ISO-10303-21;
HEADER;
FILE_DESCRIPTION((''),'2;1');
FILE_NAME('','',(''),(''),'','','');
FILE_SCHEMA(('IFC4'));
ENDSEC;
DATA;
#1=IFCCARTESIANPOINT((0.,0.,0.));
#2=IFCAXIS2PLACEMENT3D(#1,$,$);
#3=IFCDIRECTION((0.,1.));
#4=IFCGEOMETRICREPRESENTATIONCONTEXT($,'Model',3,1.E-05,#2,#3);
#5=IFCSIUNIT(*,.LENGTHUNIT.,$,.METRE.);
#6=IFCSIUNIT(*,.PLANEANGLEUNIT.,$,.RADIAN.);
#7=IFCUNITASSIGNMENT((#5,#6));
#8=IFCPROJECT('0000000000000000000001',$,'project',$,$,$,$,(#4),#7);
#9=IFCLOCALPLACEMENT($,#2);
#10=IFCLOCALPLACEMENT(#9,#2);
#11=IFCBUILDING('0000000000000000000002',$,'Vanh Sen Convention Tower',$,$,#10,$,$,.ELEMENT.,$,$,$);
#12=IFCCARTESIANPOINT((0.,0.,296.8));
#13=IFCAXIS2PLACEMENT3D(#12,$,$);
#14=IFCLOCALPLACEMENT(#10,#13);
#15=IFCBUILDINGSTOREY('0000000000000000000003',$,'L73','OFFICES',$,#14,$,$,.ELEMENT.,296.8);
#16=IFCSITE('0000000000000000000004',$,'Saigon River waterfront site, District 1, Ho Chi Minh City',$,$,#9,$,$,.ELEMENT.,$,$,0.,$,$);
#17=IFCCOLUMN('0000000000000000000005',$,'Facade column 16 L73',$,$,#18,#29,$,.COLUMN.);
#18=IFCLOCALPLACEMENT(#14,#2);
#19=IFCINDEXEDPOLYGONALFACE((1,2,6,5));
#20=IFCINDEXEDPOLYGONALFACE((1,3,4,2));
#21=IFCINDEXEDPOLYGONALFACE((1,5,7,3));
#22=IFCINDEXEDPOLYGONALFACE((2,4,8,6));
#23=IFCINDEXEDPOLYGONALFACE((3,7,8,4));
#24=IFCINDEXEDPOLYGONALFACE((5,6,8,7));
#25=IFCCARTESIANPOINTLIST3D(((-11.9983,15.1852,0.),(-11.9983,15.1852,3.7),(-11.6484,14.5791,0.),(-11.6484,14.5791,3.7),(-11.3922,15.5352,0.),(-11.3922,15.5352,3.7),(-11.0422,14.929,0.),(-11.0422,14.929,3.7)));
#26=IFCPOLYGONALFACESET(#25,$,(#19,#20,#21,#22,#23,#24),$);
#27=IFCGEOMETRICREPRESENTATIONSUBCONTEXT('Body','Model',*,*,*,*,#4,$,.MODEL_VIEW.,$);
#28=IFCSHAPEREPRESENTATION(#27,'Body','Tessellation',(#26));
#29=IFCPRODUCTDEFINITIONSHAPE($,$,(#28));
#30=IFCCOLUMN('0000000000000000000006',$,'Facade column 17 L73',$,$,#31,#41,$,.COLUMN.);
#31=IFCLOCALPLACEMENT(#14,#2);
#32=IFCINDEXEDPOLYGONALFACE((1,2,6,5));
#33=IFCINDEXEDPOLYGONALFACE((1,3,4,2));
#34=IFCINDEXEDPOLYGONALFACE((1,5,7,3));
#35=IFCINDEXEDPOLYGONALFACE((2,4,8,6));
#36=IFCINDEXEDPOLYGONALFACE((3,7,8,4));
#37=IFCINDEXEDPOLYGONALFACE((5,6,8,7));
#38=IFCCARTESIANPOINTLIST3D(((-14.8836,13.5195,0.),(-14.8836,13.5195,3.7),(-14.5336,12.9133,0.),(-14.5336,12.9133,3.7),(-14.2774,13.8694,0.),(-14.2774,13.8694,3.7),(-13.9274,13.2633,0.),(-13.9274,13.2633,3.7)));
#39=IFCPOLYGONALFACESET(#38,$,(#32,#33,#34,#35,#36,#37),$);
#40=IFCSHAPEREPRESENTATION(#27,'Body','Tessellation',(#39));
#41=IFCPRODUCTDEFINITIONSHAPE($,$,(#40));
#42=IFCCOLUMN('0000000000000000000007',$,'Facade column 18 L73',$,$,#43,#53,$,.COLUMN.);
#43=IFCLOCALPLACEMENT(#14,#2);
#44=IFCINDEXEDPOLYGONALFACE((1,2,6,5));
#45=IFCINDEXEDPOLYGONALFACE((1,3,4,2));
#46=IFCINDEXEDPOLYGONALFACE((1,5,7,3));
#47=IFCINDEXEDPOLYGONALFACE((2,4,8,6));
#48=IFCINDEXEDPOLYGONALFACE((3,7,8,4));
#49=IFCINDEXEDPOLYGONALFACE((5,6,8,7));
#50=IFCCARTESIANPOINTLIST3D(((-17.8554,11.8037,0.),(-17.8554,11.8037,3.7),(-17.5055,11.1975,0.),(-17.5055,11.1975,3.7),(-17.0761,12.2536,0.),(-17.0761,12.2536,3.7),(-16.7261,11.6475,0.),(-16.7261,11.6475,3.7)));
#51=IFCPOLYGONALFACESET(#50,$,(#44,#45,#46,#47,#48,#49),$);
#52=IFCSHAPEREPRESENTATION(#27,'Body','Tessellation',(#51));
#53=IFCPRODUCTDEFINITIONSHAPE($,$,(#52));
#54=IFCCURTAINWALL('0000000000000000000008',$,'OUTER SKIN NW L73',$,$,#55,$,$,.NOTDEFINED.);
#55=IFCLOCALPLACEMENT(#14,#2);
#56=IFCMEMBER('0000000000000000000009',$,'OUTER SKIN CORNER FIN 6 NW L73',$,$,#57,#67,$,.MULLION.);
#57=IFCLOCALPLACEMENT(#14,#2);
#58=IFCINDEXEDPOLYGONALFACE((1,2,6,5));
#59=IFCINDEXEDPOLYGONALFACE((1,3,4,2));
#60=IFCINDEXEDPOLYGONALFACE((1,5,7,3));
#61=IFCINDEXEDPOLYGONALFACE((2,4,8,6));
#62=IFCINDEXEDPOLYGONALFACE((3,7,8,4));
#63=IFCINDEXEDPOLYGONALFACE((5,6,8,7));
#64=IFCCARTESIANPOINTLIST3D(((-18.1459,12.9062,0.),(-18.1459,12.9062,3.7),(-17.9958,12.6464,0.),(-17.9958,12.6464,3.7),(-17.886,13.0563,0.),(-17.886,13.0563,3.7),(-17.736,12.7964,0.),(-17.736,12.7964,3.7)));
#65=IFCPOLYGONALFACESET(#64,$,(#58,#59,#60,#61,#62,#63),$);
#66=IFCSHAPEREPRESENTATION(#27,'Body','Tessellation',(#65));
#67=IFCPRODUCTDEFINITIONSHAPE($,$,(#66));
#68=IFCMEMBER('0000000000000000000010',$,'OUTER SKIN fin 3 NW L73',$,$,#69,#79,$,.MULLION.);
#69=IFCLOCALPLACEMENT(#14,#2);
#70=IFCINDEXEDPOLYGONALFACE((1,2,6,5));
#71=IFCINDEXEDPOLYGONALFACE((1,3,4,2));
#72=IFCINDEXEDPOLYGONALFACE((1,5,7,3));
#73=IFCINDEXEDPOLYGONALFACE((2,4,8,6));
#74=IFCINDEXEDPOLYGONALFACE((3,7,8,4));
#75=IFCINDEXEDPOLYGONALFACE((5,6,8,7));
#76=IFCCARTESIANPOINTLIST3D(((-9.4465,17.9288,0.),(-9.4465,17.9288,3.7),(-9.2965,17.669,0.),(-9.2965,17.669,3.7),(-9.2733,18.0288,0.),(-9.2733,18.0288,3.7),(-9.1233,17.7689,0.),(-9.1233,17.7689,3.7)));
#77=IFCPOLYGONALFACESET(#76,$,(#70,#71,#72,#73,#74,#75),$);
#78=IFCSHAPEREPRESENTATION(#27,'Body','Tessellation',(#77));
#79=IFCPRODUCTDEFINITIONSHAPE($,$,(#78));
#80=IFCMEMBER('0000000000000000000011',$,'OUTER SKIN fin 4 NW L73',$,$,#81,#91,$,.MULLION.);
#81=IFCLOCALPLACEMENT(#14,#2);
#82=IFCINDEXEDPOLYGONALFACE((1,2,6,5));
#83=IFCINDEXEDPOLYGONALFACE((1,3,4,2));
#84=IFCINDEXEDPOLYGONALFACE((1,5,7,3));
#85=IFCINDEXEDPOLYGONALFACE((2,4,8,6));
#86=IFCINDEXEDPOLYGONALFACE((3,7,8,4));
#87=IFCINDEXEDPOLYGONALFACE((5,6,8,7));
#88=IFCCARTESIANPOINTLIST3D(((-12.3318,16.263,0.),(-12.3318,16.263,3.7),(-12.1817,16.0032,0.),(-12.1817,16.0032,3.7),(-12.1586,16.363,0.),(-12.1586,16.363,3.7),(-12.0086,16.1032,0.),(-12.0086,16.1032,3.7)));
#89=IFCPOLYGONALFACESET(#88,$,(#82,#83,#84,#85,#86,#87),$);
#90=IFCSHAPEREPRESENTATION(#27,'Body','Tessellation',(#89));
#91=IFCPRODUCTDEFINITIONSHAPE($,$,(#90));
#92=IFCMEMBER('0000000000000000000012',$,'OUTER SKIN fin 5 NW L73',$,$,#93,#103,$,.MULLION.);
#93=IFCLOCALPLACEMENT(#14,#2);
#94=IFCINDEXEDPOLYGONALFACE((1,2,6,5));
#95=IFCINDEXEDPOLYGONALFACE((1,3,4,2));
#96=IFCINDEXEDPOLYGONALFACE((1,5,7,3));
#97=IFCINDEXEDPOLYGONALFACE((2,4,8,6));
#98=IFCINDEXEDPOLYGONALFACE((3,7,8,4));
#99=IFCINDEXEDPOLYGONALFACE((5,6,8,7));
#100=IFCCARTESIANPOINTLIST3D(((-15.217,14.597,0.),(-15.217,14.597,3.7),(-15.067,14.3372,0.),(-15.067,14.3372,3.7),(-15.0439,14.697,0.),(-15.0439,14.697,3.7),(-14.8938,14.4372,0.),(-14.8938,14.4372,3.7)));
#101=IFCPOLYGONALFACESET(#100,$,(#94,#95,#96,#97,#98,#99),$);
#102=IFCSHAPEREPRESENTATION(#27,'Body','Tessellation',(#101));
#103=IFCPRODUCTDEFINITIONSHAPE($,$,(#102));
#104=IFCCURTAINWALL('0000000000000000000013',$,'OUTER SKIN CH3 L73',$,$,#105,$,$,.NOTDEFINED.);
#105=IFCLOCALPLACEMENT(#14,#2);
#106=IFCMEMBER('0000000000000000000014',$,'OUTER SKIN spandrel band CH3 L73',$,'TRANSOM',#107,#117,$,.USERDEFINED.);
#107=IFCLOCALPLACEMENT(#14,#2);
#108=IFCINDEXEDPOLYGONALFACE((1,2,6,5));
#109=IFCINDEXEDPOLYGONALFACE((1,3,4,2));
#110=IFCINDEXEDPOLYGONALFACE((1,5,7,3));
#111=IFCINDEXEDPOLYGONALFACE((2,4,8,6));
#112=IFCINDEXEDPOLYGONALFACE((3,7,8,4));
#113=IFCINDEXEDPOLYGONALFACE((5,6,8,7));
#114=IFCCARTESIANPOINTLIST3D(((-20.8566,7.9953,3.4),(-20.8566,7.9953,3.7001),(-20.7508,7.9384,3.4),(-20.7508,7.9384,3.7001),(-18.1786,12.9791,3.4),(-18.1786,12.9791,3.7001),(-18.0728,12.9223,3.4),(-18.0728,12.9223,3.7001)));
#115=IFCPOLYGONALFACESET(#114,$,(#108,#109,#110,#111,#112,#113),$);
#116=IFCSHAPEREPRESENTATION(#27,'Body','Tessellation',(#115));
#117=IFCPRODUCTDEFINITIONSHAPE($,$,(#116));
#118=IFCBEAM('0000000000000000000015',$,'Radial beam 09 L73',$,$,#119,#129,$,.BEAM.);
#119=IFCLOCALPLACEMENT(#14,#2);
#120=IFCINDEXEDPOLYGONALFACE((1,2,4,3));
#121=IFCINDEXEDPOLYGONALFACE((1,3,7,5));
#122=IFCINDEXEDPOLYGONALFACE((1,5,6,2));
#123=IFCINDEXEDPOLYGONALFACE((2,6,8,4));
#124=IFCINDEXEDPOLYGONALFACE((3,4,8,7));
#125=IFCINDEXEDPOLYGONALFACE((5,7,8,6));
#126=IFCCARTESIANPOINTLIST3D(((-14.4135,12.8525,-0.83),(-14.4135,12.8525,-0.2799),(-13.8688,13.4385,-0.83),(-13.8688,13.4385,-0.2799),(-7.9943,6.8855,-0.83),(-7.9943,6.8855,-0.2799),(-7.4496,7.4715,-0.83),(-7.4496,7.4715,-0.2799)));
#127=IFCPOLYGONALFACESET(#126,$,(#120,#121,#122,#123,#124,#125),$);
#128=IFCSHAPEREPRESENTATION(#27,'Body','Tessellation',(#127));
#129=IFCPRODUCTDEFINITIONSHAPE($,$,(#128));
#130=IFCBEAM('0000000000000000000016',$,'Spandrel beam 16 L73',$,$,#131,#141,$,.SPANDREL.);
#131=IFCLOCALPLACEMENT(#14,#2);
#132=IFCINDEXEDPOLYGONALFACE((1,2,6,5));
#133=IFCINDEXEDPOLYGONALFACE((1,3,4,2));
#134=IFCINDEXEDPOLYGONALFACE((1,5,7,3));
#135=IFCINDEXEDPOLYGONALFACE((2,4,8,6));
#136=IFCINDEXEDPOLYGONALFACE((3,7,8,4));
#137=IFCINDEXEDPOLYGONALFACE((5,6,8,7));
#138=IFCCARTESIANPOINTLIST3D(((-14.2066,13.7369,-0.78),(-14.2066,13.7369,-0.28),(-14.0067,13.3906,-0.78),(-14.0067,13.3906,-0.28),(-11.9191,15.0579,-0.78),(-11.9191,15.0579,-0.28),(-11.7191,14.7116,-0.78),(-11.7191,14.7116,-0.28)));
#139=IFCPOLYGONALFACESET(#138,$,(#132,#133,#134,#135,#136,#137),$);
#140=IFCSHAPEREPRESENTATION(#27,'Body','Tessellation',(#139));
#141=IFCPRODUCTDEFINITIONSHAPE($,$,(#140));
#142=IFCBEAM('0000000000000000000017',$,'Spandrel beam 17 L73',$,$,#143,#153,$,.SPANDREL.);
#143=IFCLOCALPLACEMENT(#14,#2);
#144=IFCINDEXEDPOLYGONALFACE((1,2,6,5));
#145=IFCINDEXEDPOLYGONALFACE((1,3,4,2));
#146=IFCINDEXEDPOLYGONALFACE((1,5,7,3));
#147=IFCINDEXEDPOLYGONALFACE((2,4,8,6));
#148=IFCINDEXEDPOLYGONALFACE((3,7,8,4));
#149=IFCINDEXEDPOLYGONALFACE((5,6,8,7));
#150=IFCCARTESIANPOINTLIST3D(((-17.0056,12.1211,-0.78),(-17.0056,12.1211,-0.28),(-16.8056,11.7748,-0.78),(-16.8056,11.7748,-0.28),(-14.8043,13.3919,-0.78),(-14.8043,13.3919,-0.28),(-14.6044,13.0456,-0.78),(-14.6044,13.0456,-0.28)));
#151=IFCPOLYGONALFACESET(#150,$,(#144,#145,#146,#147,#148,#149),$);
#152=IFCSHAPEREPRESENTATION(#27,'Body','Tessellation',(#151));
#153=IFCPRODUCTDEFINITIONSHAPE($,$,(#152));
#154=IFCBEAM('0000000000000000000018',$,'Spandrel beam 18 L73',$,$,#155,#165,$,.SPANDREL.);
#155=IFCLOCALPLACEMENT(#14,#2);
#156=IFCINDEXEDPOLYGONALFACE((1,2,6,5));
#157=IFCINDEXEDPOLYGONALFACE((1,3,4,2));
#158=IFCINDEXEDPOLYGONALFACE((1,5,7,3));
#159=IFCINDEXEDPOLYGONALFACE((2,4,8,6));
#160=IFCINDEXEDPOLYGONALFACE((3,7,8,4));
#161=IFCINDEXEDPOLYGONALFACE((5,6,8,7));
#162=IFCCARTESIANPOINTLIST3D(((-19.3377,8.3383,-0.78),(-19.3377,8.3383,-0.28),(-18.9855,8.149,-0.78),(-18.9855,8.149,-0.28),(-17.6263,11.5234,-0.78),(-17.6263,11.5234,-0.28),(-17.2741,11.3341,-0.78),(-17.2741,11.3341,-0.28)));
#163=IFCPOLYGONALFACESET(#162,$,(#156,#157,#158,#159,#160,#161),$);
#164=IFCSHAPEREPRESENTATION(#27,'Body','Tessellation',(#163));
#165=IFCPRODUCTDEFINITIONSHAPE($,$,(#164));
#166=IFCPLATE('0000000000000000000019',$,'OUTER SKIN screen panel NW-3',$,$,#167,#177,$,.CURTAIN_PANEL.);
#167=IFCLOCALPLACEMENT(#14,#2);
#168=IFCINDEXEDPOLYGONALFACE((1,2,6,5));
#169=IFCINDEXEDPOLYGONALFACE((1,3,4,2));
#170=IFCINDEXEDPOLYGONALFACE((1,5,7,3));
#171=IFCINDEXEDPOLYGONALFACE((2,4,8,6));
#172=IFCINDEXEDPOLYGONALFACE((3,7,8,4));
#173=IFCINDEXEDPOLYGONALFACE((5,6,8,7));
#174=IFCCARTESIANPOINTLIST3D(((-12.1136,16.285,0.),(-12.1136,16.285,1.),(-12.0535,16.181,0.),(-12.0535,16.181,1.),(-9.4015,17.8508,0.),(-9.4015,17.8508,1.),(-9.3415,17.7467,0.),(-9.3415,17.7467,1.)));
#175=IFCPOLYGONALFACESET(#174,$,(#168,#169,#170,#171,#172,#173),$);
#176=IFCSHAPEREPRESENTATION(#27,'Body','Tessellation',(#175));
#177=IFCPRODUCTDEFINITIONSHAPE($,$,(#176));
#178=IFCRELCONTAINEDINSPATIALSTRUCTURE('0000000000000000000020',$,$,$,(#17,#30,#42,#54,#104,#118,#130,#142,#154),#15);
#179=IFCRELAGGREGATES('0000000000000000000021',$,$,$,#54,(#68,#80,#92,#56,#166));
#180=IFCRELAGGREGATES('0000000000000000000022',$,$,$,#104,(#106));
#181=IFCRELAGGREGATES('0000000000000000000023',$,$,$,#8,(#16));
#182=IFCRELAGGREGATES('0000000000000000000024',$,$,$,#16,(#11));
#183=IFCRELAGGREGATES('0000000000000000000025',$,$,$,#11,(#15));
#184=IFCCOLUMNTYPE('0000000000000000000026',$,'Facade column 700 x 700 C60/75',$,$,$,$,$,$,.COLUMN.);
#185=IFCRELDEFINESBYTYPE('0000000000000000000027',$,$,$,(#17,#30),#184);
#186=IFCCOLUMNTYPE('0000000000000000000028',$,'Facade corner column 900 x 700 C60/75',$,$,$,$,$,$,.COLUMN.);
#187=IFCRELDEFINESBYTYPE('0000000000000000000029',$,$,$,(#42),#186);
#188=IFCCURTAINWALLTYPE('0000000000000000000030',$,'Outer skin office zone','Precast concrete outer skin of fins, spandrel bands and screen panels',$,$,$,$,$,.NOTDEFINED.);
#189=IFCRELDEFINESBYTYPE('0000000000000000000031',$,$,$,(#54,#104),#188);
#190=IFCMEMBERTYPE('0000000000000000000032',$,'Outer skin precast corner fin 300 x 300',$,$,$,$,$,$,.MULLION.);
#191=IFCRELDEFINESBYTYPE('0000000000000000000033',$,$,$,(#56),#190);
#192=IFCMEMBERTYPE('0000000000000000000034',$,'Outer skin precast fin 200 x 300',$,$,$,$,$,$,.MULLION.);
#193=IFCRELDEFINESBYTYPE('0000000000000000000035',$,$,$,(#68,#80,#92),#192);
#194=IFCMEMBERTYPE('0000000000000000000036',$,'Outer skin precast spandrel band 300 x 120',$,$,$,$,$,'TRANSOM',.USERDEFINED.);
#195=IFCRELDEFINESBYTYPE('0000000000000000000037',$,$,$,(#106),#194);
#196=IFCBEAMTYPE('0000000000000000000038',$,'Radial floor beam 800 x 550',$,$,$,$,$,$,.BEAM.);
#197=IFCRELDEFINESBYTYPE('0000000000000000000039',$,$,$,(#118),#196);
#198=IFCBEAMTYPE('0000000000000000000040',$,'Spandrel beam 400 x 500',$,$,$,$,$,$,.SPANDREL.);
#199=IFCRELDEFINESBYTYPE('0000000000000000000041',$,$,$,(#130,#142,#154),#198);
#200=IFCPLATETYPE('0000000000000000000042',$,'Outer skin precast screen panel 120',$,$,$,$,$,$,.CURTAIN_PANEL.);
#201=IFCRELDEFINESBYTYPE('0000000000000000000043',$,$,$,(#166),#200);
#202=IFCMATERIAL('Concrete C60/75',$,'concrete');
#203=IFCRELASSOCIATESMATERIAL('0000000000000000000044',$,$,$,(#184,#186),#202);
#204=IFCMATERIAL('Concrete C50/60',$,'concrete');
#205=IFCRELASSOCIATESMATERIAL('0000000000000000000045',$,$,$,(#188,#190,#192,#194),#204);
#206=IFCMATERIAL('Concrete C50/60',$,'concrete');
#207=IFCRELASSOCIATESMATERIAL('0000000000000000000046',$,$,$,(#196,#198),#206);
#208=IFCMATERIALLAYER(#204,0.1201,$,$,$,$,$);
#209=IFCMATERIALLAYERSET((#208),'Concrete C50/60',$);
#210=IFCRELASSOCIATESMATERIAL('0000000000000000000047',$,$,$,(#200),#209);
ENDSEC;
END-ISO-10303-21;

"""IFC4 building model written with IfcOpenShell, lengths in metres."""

from ifc_helpers import new_model, si_unit, direction, frame, origin, origin_2d, place, context, subcontext, project, spatial, rectangle, extrude, material, layer, layer_set, material_profile, profile_set, type_object, element, aggregate, save


model = new_model("IFC4")

# Units and contexts
model_context = context("Model", 3, precision=1e-05, world=origin(), true_north=direction((0.0, 1.0)))
body_context = subcontext(model_context, "Body", "Model", "MODEL_VIEW")
ifc_project = project(units=[si_unit("LENGTHUNIT", "METRE"), si_unit("PLANEANGLEUNIT", "RADIAN")], contexts=[model_context])

# Site, building, storey
site_placement = place(None, origin())
site = spatial("IfcSite", under=ifc_project, at=site_placement, Name="Saigon River waterfront site, District 1, Ho Chi Minh City", CompositionType="ELEMENT", RefElevation=0.0)
building_placement = place(site_placement, origin())
building = spatial("IfcBuilding", under=site, at=building_placement, Name="Vanh Sen Convention Tower", CompositionType="ELEMENT")
storey_placement = place(building_placement, frame((0.0, 0.0, 296.8)))
storey = spatial("IfcBuildingStorey", under=building, at=storey_placement, Name="L73", Description="OFFICES", CompositionType="ELEMENT", Elevation=296.8)

# Columns
ifc_material_1 = material(Name="Concrete C60/75", Category="concrete")
ifc_material_profile_1 = material_profile(ifc_material_1, rectangle(XDim=0.7, YDim=0.7, at=origin_2d()), Name="RC 700X700")
ifc_profile_set_1 = profile_set([ifc_material_profile_1], Name="Concrete C60/75")
column_type_1 = type_object("IfcColumnType", Name="Facade column 700 x 700 C60/75", PredefinedType="COLUMN", material=ifc_profile_set_1)
for number, where, z_axis, x_axis, name in (
    (1, (-11.5203, 15.0571, 0.0), (0.0, 0.0, 1.0), (-0.866025, -0.5, 0.0), "Facade column 16 L73"),
    (2, (-14.4055, 13.3914, 0.0), (0.0, 0.0, 1.0), (-0.866025, -0.5, 0.0), "Facade column 17 L73"),
):
    element("IfcColumn", number, at=place(storey_placement, frame(where, z_axis=z_axis, x_axis=x_axis)), inside=storey, type_object=column_type_1, Name=name, PredefinedType="COLUMN", context=body_context, shape_type="SweptSolid", body=[
        extrude(rectangle(XDim=0.7, YDim=0.7, at=origin_2d()), origin(), (0.0, 0.0, 1.0), 3.7),
    ])
ifc_material_profile_2 = material_profile(ifc_material_1, rectangle(XDim=0.8999, YDim=0.7, at=origin_2d()), Name="RC 900X700")
ifc_profile_set_2 = profile_set([ifc_material_profile_2], Name="Concrete C60/75")
column_type_2 = type_object("IfcColumnType", Name="Facade corner column 900 x 700 C60/75", PredefinedType="COLUMN", material=ifc_profile_set_2)
column_placement = place(storey_placement, frame((-17.2908, 11.7256, 0.0), z_axis=(0.0, 0.0, 1.0), x_axis=(-0.866025, -0.5, 0.0)))
element("IfcColumn", 3, at=column_placement, inside=storey, type_object=column_type_2, Name="Facade column 18 L73", PredefinedType="COLUMN", context=body_context, shape_type="SweptSolid", body=[
    extrude(rectangle(XDim=0.8999, YDim=0.7, at=origin_2d()), origin(), (0.0, 0.0, 1.0), 3.7),
])

# Curtain wall, members
ifc_material_2 = material(Name="Concrete C50/60", Category="concrete")
curtain_wall_type = type_object("IfcCurtainWallType", Name="Outer skin office zone", Description="Precast concrete outer skin of fins, spandrel bands and screen panels", PredefinedType="NOTDEFINED", material=ifc_material_2)
curtain_wall_1_placement = place(storey_placement, origin())
curtain_wall_1 = element("IfcCurtainWall", 4, at=curtain_wall_1_placement, inside=storey, type_object=curtain_wall_type, Name="OUTER SKIN NW L73", PredefinedType="NOTDEFINED")
ifc_material_profile_3 = material_profile(ifc_material_2, rectangle(XDim=0.3, YDim=0.3, at=origin_2d()), Name="Outer skin precast corner fin 300 x 300")
ifc_profile_set_3 = profile_set([ifc_material_profile_3], Name="Concrete C50/60")
member_type_1 = type_object("IfcMemberType", Name="Outer skin precast corner fin 300 x 300", PredefinedType="MULLION", material=ifc_profile_set_3)
member_1_placement = place(storey_placement, frame((-17.9409, 12.8513, 0.0), z_axis=(0.0, 0.0, 1.0), x_axis=(-0.866025, -0.5, 0.0)))
member_1 = element("IfcMember", 5, at=member_1_placement, type_object=member_type_1, Name="OUTER SKIN CORNER FIN 6 NW L73", PredefinedType="MULLION", context=body_context, shape_type="SweptSolid", body=[
    extrude(rectangle(XDim=0.3, YDim=0.3, at=origin_2d()), origin(), (0.0, 0.0, 1.0), 3.7),
])
ifc_material_profile_4 = material_profile(ifc_material_2, rectangle(XDim=0.2, YDim=0.3, at=origin_2d()), Name="Outer skin precast fin 200 x 300")
ifc_profile_set_4 = profile_set([ifc_material_profile_4], Name="Concrete C50/60")
member_type_2 = type_object("IfcMemberType", Name="Outer skin precast fin 200 x 300", PredefinedType="MULLION", material=ifc_profile_set_4)
member_2_placement = place(storey_placement, frame((-9.2849, 17.8489, 0.0), z_axis=(0.0, 0.0, 1.0), x_axis=(-0.866025, -0.5, 0.0)))
member_2 = element("IfcMember", 6, at=member_2_placement, type_object=member_type_2, Name="OUTER SKIN fin 3 NW L73", PredefinedType="MULLION", context=body_context, shape_type="SweptSolid", body=[
    extrude(rectangle(XDim=0.2, YDim=0.3, at=origin_2d()), origin(), (0.0, 0.0, 1.0), 3.7),
])
member_3_placement = place(storey_placement, frame((-12.1702, 16.1831, 0.0), z_axis=(0.0, 0.0, 1.0), x_axis=(-0.866025, -0.5, 0.0)))
member_3 = element("IfcMember", 7, at=member_3_placement, type_object=member_type_2, Name="OUTER SKIN fin 4 NW L73", PredefinedType="MULLION", context=body_context, shape_type="SweptSolid", body=[
    extrude(rectangle(XDim=0.2, YDim=0.3, at=origin_2d()), origin(), (0.0, 0.0, 1.0), 3.7),
])
member_4_placement = place(storey_placement, frame((-15.0554, 14.5171, 0.0), z_axis=(0.0, 0.0, 1.0), x_axis=(-0.866025, -0.5, 0.0)))
member_4 = element("IfcMember", 8, at=member_4_placement, type_object=member_type_2, Name="OUTER SKIN fin 5 NW L73", PredefinedType="MULLION", context=body_context, shape_type="SweptSolid", body=[
    extrude(rectangle(XDim=0.2, YDim=0.3, at=origin_2d()), origin(), (0.0, 0.0, 1.0), 3.7),
])

# Curtain wall, member
curtain_wall_2_placement = place(storey_placement, origin())
curtain_wall_2 = element("IfcCurtainWall", 9, at=curtain_wall_2_placement, inside=storey, type_object=curtain_wall_type, Name="OUTER SKIN CH3 L73", PredefinedType="NOTDEFINED")
ifc_material_profile_5 = material_profile(ifc_material_2, rectangle(XDim=0.1201, YDim=0.3, at=origin_2d()), Name="Outer skin precast spandrel band 300 x 120")
ifc_profile_set_5 = profile_set([ifc_material_profile_5], Name="Concrete C50/60")
member_type_3 = type_object("IfcMemberType", Name="Outer skin precast spandrel band 300 x 120", ElementType="TRANSOM", PredefinedType="USERDEFINED", material=ifc_profile_set_5)
member_5_placement = place(storey_placement, frame((-18.1257, 12.9507, 3.55), z_axis=(-0.473325, -0.880888, 0.0), x_axis=(0.880888, -0.473325, 0.0)))
member_5 = element("IfcMember", 10, at=member_5_placement, type_object=member_type_3, Name="OUTER SKIN spandrel band CH3 L73", ObjectType="TRANSOM", PredefinedType="USERDEFINED", context=body_context, shape_type="SweptSolid", body=[
    extrude(rectangle(XDim=0.1201, YDim=0.3, at=origin_2d()), origin(), (0.0, 0.0, 1.0), 5.6577),
])

# Beams
ifc_material_3 = material(Name="Concrete C50/60", Category="concrete")
ifc_material_profile_6 = material_profile(ifc_material_3, rectangle(XDim=0.8, YDim=0.55, at=origin_2d()), Name="RC 800X550")
ifc_profile_set_6 = profile_set([ifc_material_profile_6], Name="Concrete C50/60")
beam_type_1 = type_object("IfcBeamType", Name="Radial floor beam 800 x 550", PredefinedType="BEAM", material=ifc_profile_set_6)
beam_1_placement = place(storey_placement, frame((-14.1411, 13.1455, -0.5549), z_axis=(0.732431, -0.680841, 0.0), x_axis=(0.680841, 0.732431, 0.0)))
element("IfcBeam", 11, at=beam_1_placement, inside=storey, type_object=beam_type_1, Name="Radial beam 09 L73", PredefinedType="BEAM", context=body_context, shape_type="SweptSolid", body=[
    extrude(rectangle(XDim=0.8, YDim=0.55, at=origin_2d()), origin(), (0.0, 0.0, 1.0), 8.7642),
])
ifc_material_profile_7 = material_profile(ifc_material_3, rectangle(XDim=0.3999, YDim=0.5, at=origin_2d()), Name="RC 400X500")
ifc_profile_set_7 = profile_set([ifc_material_profile_7], Name="Concrete C50/60")
beam_type_2 = type_object("IfcBeamType", Name="Spandrel beam 400 x 500", PredefinedType="SPANDREL", material=ifc_profile_set_7)
beam_2_placement = place(storey_placement, frame((-11.8191, 14.8848, -0.53), z_axis=(-0.865976, -0.500085, 0.0), x_axis=(0.500085, -0.865976, 0.0)))
element("IfcBeam", 12, at=beam_2_placement, inside=storey, type_object=beam_type_2, Name="Spandrel beam 16 L73", PredefinedType="SPANDREL", context=body_context, shape_type="SweptSolid", body=[
    extrude(rectangle(XDim=0.3999, YDim=0.5, at=origin_2d()), origin(), (0.0, 0.0, 1.0), 2.6416),
])
beam_3_placement = place(storey_placement, frame((-14.7043, 13.2188, -0.53), z_axis=(-0.866042, -0.499972, 0.0), x_axis=(0.499972, -0.866042, 0.0)))
element("IfcBeam", 13, at=beam_3_placement, inside=storey, type_object=beam_type_2, Name="Spandrel beam 17 L73", PredefinedType="SPANDREL", context=body_context, shape_type="SweptSolid", body=[
    extrude(rectangle(XDim=0.3999, YDim=0.5, at=origin_2d()), origin(), (0.0, 0.0, 1.0), 2.5417),
])
beam_4_placement = place(storey_placement, frame((-17.4502, 11.4287, -0.53), z_axis=(-0.473327, -0.880887, 0.0), x_axis=(0.880887, -0.473327, 0.0)))
element("IfcBeam", 14, at=beam_4_placement, inside=storey, type_object=beam_type_2, Name="Spandrel beam 18 L73", PredefinedType="SPANDREL", context=body_context, shape_type="SweptSolid", body=[
    extrude(rectangle(XDim=0.3999, YDim=0.5, at=origin_2d()), origin(), (0.0, 0.0, 1.0), 3.6157),
])

# Plate
ifc_layer_1 = layer(ifc_material_2, 0.1201)
ifc_layer_set_1 = layer_set([ifc_layer_1], Name="Concrete C50/60")
plate_type = type_object("IfcPlateType", Name="Outer skin precast screen panel 120", PredefinedType="CURTAIN_PANEL", material=ifc_layer_set_1)
plate_1_placement = place(storey_placement, frame((-10.7275, 17.0159, 0.0), z_axis=(0.0, 0.0, 1.0), x_axis=(-0.866029, -0.499994, 0.0)))
plate_1 = element("IfcPlate", 15, at=plate_1_placement, type_object=plate_type, Name="OUTER SKIN screen panel NW-3", PredefinedType="CURTAIN_PANEL", context=body_context, shape_type="SweptSolid", body=[
    extrude(rectangle(XDim=3.1316, YDim=0.1201, at=origin_2d()), origin(), (0.0, 0.0, 1.0), 1.0),
])
aggregate(curtain_wall_1, [member_2, member_3, member_4, member_1, plate_1])
aggregate(curtain_wall_2, [member_5])

save(model, "model.ifc")
